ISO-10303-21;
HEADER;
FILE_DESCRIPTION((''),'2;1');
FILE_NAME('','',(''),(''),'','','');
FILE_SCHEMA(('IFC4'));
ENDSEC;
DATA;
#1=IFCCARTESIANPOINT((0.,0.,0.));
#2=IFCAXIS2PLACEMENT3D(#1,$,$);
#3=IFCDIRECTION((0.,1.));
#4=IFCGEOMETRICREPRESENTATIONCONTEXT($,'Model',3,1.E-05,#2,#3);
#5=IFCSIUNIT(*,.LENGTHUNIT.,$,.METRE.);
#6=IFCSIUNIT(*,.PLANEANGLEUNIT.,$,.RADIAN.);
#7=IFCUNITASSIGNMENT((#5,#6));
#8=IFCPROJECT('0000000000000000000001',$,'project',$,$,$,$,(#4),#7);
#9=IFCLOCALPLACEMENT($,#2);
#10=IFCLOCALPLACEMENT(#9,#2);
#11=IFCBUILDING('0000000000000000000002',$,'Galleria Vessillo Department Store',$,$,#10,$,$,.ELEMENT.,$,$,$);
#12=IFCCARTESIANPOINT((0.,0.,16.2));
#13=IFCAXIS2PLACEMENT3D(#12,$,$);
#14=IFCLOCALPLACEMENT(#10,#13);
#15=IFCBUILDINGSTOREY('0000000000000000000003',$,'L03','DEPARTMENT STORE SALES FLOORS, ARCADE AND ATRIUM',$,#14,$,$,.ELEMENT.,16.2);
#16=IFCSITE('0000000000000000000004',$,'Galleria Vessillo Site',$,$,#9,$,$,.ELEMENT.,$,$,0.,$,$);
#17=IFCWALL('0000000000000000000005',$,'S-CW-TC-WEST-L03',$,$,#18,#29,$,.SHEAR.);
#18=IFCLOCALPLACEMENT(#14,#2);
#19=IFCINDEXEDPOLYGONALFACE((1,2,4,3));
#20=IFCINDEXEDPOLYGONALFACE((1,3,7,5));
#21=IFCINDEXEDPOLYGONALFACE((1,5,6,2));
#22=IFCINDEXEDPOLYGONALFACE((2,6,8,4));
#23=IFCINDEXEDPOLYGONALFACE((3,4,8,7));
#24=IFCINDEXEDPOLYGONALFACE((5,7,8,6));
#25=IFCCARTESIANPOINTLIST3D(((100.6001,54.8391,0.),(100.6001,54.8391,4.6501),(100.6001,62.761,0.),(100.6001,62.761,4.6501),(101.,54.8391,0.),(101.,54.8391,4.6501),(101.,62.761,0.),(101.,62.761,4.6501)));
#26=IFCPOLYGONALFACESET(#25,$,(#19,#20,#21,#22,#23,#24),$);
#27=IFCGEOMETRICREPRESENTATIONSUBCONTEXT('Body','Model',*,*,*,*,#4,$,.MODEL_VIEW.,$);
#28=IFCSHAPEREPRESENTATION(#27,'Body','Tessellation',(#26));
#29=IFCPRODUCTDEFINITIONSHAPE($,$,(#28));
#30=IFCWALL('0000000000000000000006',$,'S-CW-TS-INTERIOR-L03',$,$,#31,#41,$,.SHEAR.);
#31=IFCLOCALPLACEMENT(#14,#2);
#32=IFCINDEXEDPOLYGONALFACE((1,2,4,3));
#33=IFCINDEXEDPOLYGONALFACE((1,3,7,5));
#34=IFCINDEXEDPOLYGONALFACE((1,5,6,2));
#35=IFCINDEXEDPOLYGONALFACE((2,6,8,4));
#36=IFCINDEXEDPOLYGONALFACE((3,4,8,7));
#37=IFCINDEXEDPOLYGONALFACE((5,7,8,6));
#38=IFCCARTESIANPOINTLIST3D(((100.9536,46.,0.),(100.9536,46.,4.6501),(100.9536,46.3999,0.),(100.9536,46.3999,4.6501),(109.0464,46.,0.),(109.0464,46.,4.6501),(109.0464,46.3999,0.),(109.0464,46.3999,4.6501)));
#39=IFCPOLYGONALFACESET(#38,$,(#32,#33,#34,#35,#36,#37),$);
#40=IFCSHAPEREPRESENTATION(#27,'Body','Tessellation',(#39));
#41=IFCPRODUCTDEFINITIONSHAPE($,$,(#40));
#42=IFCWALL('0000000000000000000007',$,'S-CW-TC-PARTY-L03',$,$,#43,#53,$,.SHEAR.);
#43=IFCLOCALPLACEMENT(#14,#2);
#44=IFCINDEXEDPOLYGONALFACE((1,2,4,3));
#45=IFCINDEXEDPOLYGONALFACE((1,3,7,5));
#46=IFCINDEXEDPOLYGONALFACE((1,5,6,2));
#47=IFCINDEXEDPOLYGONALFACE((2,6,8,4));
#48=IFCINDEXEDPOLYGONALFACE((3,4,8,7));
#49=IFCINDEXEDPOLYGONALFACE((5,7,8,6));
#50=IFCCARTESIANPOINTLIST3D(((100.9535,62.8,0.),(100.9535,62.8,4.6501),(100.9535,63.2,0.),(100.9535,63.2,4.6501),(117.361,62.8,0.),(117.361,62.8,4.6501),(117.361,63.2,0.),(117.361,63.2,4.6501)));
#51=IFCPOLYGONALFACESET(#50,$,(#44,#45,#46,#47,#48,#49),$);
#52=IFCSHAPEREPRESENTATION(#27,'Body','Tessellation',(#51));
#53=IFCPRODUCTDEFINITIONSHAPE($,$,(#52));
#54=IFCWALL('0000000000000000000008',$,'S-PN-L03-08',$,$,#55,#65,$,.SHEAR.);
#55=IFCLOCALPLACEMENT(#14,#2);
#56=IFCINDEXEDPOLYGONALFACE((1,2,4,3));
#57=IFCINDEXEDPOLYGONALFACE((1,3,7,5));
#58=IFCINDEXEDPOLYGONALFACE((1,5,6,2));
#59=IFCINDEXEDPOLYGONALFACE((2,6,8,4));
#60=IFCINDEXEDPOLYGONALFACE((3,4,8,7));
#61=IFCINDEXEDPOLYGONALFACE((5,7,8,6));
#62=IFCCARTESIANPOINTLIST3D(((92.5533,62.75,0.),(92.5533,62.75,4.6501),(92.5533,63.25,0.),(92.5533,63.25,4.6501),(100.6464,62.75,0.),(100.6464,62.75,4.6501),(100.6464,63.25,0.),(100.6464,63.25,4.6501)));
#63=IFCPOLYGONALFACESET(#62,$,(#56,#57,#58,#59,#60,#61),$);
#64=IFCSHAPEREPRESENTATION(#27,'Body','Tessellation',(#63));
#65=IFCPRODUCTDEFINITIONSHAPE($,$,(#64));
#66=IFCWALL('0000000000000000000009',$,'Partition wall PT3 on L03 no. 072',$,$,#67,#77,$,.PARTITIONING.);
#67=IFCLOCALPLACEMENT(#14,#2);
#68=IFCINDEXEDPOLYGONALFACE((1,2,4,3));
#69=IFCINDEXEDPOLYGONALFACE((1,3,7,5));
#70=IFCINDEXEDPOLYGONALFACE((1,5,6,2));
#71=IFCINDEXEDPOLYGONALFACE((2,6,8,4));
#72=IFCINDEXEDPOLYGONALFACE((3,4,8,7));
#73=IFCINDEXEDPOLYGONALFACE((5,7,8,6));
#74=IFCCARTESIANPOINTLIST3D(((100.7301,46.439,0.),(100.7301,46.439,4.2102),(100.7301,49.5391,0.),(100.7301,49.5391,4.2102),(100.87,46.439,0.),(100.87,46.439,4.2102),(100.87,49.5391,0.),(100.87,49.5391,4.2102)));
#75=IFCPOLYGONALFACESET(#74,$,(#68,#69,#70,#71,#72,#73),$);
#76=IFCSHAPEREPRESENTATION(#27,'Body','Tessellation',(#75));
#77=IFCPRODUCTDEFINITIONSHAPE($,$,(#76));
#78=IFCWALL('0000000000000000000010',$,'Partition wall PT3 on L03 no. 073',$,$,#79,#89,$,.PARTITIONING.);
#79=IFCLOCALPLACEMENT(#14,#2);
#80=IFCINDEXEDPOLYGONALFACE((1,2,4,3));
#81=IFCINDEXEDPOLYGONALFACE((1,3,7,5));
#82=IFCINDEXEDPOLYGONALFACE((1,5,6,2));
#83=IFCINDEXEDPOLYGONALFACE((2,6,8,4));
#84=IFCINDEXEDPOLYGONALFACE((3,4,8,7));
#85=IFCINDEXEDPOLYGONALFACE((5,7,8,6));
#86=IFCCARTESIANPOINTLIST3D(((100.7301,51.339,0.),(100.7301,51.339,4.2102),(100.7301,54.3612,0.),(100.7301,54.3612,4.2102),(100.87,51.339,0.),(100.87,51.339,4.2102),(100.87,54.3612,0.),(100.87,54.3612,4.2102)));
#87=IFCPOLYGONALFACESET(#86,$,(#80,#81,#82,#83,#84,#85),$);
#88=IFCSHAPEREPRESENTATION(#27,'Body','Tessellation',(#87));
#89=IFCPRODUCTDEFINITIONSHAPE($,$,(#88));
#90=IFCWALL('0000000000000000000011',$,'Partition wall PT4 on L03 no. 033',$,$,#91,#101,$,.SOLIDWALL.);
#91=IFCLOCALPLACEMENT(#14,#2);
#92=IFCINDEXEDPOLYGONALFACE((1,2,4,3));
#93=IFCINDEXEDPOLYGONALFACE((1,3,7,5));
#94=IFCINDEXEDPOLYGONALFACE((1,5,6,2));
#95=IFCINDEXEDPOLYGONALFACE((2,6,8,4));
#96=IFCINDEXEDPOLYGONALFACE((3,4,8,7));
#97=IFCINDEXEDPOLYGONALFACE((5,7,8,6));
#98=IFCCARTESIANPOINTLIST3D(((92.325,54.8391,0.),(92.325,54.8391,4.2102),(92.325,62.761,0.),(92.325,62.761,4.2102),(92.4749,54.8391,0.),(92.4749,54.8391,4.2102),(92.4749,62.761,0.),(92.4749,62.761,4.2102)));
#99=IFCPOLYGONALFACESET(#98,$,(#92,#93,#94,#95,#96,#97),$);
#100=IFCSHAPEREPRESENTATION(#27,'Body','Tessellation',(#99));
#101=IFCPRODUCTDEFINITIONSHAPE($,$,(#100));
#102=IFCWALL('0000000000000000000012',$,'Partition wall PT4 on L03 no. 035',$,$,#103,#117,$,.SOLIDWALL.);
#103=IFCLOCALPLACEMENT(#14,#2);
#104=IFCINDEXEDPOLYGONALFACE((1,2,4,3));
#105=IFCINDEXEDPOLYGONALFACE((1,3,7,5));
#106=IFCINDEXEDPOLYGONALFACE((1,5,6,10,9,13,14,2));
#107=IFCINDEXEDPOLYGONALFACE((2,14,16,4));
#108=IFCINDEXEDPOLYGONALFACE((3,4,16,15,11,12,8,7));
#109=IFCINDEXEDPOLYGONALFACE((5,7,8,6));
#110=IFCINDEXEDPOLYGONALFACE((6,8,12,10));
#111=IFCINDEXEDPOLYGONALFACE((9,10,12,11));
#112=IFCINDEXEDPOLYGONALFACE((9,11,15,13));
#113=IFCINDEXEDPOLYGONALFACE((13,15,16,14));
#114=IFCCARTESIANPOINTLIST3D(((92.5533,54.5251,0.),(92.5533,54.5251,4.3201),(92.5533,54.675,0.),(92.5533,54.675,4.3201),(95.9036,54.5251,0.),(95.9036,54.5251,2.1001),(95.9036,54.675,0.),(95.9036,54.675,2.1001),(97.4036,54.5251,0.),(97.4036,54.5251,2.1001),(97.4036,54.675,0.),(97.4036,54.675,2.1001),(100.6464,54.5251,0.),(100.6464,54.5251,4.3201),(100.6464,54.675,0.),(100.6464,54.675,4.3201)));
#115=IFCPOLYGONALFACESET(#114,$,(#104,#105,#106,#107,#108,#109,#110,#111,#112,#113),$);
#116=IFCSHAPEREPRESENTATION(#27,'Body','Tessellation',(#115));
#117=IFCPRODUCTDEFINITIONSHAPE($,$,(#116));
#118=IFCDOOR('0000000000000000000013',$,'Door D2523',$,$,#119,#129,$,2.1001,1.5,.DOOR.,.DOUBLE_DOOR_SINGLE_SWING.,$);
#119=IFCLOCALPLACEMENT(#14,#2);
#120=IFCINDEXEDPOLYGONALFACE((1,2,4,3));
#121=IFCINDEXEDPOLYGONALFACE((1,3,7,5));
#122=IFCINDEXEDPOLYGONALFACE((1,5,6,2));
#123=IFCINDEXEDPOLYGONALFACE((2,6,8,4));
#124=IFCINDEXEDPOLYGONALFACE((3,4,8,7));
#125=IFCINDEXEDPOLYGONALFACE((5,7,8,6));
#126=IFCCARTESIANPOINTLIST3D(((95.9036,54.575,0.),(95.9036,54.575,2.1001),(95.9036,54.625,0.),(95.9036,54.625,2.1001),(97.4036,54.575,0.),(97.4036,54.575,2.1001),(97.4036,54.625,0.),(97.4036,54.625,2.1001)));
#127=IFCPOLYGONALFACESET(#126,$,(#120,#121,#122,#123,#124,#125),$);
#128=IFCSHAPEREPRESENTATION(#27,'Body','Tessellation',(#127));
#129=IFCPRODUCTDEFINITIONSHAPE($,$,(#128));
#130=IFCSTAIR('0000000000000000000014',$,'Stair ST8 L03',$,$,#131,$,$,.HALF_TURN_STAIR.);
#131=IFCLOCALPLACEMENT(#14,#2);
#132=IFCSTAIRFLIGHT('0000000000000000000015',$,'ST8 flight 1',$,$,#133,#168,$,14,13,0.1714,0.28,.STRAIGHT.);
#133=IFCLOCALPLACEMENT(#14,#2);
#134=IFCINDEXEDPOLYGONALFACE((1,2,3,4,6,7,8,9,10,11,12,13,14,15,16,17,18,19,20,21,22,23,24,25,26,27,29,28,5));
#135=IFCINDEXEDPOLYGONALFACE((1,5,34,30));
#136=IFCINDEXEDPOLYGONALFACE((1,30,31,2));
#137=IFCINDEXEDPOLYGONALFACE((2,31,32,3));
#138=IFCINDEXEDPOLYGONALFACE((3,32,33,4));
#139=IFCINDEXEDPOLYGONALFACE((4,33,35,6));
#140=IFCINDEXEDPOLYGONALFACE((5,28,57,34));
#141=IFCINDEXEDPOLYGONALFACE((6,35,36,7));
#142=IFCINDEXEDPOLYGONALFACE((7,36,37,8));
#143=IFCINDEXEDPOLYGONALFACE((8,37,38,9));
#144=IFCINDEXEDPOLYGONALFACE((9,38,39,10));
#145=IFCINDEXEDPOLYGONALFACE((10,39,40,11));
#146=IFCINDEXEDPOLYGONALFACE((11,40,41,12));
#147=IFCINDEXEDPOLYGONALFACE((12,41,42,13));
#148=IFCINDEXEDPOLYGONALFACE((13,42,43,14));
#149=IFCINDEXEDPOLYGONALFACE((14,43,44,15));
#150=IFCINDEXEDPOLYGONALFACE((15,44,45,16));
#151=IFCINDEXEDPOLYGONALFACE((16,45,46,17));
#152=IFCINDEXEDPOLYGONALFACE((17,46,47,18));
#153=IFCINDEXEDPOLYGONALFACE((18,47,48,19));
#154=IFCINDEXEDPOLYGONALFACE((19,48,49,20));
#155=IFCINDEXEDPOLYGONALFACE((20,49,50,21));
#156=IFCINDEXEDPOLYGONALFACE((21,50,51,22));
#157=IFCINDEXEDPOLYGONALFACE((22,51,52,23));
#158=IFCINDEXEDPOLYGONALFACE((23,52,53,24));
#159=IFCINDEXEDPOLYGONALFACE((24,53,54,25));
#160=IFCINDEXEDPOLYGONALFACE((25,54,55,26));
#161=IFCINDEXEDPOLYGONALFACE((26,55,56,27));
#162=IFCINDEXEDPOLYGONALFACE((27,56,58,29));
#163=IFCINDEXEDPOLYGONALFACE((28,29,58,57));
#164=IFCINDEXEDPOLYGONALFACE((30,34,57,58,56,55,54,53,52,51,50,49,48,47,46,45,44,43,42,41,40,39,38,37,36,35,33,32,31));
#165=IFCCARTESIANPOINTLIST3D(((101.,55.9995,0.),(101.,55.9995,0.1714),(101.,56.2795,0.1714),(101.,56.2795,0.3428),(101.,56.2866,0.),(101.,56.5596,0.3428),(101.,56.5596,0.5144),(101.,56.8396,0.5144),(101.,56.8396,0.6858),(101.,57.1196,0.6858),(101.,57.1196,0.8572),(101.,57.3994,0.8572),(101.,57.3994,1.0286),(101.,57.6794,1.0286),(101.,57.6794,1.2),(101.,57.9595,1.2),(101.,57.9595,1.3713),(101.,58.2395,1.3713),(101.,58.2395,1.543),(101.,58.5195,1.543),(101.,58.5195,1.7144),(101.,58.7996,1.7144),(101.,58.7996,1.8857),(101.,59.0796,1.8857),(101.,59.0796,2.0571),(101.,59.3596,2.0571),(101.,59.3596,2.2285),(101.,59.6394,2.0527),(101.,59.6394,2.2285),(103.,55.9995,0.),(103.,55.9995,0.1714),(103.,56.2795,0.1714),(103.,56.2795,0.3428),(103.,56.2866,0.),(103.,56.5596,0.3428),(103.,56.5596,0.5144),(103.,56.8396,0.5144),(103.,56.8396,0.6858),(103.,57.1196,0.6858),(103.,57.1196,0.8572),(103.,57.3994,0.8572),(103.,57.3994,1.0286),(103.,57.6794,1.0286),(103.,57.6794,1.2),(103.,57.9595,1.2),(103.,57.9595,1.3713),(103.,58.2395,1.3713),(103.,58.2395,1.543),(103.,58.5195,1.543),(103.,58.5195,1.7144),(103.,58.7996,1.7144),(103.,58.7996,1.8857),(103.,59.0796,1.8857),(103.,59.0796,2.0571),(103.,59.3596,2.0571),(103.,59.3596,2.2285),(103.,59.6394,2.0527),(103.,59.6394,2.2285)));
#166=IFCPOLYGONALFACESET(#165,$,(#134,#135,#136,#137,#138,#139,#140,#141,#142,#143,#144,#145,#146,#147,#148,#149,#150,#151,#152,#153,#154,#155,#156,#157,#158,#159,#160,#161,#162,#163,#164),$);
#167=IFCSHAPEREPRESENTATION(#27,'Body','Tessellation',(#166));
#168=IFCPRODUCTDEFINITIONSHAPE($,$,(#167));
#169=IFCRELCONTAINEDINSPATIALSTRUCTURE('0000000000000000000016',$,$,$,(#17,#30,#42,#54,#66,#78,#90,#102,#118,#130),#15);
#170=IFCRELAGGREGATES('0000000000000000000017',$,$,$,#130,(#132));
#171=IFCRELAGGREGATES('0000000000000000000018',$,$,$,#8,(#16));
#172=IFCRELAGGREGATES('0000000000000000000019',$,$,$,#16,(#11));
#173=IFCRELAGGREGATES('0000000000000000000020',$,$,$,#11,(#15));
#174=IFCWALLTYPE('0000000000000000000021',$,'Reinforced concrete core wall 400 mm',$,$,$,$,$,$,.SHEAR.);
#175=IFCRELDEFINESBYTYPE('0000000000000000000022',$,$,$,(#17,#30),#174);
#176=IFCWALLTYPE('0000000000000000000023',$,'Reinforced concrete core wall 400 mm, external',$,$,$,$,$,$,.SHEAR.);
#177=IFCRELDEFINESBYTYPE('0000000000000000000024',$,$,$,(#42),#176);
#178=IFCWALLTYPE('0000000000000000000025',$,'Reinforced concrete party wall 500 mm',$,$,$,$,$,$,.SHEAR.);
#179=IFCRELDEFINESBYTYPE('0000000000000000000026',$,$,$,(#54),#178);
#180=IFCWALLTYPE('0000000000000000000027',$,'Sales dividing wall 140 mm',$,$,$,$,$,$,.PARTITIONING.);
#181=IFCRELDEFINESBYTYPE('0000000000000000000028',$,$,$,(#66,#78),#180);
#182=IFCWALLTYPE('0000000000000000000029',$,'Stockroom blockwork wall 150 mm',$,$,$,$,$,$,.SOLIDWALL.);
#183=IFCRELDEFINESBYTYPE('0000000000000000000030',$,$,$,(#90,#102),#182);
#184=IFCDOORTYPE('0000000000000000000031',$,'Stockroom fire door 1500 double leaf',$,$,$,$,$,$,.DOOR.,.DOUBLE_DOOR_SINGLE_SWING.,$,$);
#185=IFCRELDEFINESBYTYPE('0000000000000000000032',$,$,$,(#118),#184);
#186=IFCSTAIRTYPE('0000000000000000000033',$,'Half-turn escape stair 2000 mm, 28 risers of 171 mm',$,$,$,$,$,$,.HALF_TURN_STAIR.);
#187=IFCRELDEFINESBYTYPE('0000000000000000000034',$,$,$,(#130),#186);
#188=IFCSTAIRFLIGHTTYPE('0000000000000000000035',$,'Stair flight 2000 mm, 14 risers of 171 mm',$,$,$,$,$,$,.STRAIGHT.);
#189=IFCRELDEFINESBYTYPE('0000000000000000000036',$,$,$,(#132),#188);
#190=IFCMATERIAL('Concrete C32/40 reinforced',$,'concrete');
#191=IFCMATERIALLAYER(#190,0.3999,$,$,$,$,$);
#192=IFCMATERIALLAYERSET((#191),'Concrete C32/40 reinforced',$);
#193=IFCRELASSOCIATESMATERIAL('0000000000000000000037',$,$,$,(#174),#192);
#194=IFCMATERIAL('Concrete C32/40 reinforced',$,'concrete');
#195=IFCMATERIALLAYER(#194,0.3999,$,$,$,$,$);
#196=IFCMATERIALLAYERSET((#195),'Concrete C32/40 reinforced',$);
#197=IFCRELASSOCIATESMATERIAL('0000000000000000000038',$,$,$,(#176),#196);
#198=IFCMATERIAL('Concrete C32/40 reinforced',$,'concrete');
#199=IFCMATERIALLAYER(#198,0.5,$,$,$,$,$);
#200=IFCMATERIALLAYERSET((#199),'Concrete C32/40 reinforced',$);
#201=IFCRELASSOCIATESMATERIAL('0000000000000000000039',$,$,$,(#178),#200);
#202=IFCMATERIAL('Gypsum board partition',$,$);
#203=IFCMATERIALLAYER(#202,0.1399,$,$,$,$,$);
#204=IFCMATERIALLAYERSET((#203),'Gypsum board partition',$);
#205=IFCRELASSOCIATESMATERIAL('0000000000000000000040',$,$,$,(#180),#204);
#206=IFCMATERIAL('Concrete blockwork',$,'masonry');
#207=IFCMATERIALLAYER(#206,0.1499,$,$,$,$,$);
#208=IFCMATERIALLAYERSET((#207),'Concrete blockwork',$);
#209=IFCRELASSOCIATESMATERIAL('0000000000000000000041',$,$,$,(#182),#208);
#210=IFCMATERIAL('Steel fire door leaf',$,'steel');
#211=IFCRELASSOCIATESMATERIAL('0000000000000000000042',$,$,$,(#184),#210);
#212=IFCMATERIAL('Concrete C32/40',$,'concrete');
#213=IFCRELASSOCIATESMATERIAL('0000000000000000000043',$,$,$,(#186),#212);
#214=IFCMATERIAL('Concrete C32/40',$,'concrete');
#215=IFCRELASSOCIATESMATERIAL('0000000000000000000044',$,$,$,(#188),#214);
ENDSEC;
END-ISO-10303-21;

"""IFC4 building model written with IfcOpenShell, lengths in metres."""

from ifc_helpers import new_model, si_unit, direction, frame, frame_2d, origin, place, context, subcontext, project, spatial, polyline, rectangle, outline, extrude, material, layer, layer_set, type_object, element, fill, aggregate, save


model = new_model("IFC4")

# Units and contexts
model_context = context("Model", 3, precision=1e-05, world=origin(), true_north=direction((0.0, 1.0)))
body_context = subcontext(model_context, "Body", "Model", "MODEL_VIEW")
ifc_project = project(units=[si_unit("LENGTHUNIT", "METRE"), si_unit("PLANEANGLEUNIT", "RADIAN")], contexts=[model_context])

# Site, building, storey
site_placement = place(None, origin())
site = spatial("IfcSite", under=ifc_project, at=site_placement, Name="Galleria Vessillo Site", CompositionType="ELEMENT", RefElevation=0.0)
building_placement = place(site_placement, origin())
building = spatial("IfcBuilding", under=site, at=building_placement, Name="Galleria Vessillo Department Store", CompositionType="ELEMENT")
storey_placement = place(building_placement, frame((0.0, 0.0, 16.2)))
storey = spatial("IfcBuildingStorey", under=building, at=storey_placement, Name="L03", Description="DEPARTMENT STORE SALES FLOORS, ARCADE AND ATRIUM", CompositionType="ELEMENT", Elevation=16.2)

# Shared definitions
ifc_material_1 = material(Name="Concrete C32/40 reinforced", Category="concrete")
ifc_layer_1 = layer(ifc_material_1, 0.3999)
ifc_layer_set_1 = layer_set([ifc_layer_1], Name="Concrete C32/40 reinforced")
wall_type_1 = type_object("IfcWallType", Name="Reinforced concrete core wall 400 mm", PredefinedType="SHEAR", material=ifc_layer_set_1)

# Walls
wall_1_placement = place(storey_placement, frame((100.8, 54.8391, 0.0), z_axis=(0.0, 0.0, 1.0), x_axis=(0.0, 1.0, 0.0)))
element("IfcWall", 1, at=wall_1_placement, inside=storey, type_object=wall_type_1, Name="S-CW-TC-WEST-L03", PredefinedType="SHEAR", context=body_context, shape_type="SweptSolid", body=[
    extrude(rectangle(XDim=7.9219, YDim=0.3999, at=frame_2d((3.9609, 0.0))), origin(), (0.0, 0.0, 1.0), 4.6501),
])
wall_2_placement = place(storey_placement, frame((100.9536, 46.2, 0.0), z_axis=(0.0, 0.0, 1.0), x_axis=(1.0, 0.0, 0.0)))
element("IfcWall", 2, at=wall_2_placement, inside=storey, type_object=wall_type_1, Name="S-CW-TS-INTERIOR-L03", PredefinedType="SHEAR", context=body_context, shape_type="SweptSolid", body=[
    extrude(rectangle(XDim=8.0928, YDim=0.3999, at=frame_2d((4.0464, 0.0))), origin(), (0.0, 0.0, 1.0), 4.6501),
])
ifc_material_2 = material(Name="Concrete C32/40 reinforced", Category="concrete")
ifc_layer_2 = layer(ifc_material_2, 0.3999)
ifc_layer_set_2 = layer_set([ifc_layer_2], Name="Concrete C32/40 reinforced")
wall_type_2 = type_object("IfcWallType", Name="Reinforced concrete core wall 400 mm, external", PredefinedType="SHEAR", material=ifc_layer_set_2)
wall_3_placement = place(storey_placement, frame((100.9536, 63.0, 0.0), z_axis=(0.0, 0.0, 1.0), x_axis=(1.0, 0.0, 0.0)))
element("IfcWall", 3, at=wall_3_placement, inside=storey, type_object=wall_type_2, Name="S-CW-TC-PARTY-L03", PredefinedType="SHEAR", context=body_context, shape_type="SweptSolid", body=[
    extrude(rectangle(XDim=16.4075, YDim=0.3999, at=frame_2d((8.2036, 0.0))), origin(), (0.0, 0.0, 1.0), 4.6501),
])
ifc_material_3 = material(Name="Concrete C32/40 reinforced", Category="concrete")
ifc_layer_3 = layer(ifc_material_3, 0.5)
ifc_layer_set_3 = layer_set([ifc_layer_3], Name="Concrete C32/40 reinforced")
wall_type_3 = type_object("IfcWallType", Name="Reinforced concrete party wall 500 mm", PredefinedType="SHEAR", material=ifc_layer_set_3)
wall_4_placement = place(storey_placement, frame((92.5535, 63.0, 0.0), z_axis=(0.0, 0.0, 1.0), x_axis=(1.0, 0.0, 0.0)))
element("IfcWall", 4, at=wall_4_placement, inside=storey, type_object=wall_type_3, Name="S-PN-L03-08", PredefinedType="SHEAR", context=body_context, shape_type="SweptSolid", body=[
    extrude(rectangle(XDim=8.093, YDim=0.5, at=frame_2d((4.0464, 0.0))), origin(), (0.0, 0.0, 1.0), 4.6501),
])
ifc_material_4 = material(Name="Gypsum board partition")
ifc_layer_4 = layer(ifc_material_4, 0.1399)
ifc_layer_set_4 = layer_set([ifc_layer_4], Name="Gypsum board partition")
wall_type_4 = type_object("IfcWallType", Name="Sales dividing wall 140 mm", PredefinedType="PARTITIONING", material=ifc_layer_set_4)
wall_5_placement = place(storey_placement, frame((100.8, 46.439, 0.0), z_axis=(0.0, 0.0, 1.0), x_axis=(0.0, 1.0, 0.0)))
element("IfcWall", 5, at=wall_5_placement, inside=storey, type_object=wall_type_4, Name="Partition wall PT3 on L03 no. 072", PredefinedType="PARTITIONING", context=body_context, shape_type="SweptSolid", body=[
    extrude(rectangle(XDim=3.1001, YDim=0.1399, at=frame_2d((1.55, 0.0))), origin(), (0.0, 0.0, 1.0), 4.2102),
])
wall_6_placement = place(storey_placement, frame((100.8, 51.3389, 0.0), z_axis=(0.0, 0.0, 1.0), x_axis=(0.0, 1.0, 0.0)))
element("IfcWall", 6, at=wall_6_placement, inside=storey, type_object=wall_type_4, Name="Partition wall PT3 on L03 no. 073", PredefinedType="PARTITIONING", context=body_context, shape_type="SweptSolid", body=[
    extrude(rectangle(XDim=3.0222, YDim=0.1399, at=frame_2d((1.5112, 0.0))), origin(), (0.0, 0.0, 1.0), 4.2102),
])
ifc_material_5 = material(Name="Concrete blockwork", Category="masonry")
ifc_layer_5 = layer(ifc_material_5, 0.1499)
ifc_layer_set_5 = layer_set([ifc_layer_5], Name="Concrete blockwork")
wall_type_5 = type_object("IfcWallType", Name="Stockroom blockwork wall 150 mm", PredefinedType="SOLIDWALL", material=ifc_layer_set_5)
wall_7_placement = place(storey_placement, frame((92.3999, 54.8391, 0.0), z_axis=(0.0, 0.0, 1.0), x_axis=(0.0, 1.0, 0.0)))
element("IfcWall", 7, at=wall_7_placement, inside=storey, type_object=wall_type_5, Name="Partition wall PT4 on L03 no. 033", PredefinedType="SOLIDWALL", context=body_context, shape_type="SweptSolid", body=[
    extrude(rectangle(XDim=7.9219, YDim=0.1499, at=frame_2d((3.9609, 0.0))), origin(), (0.0, 0.0, 1.0), 4.2102),
])

# Wall, opening, door
wall_8_placement = place(storey_placement, frame((92.5535, 54.6001, 0.0), z_axis=(0.0, 0.0, 1.0), x_axis=(1.0, 0.0, 0.0)))
wall_8 = element("IfcWall", 8, at=wall_8_placement, inside=storey, type_object=wall_type_5, Name="Partition wall PT4 on L03 no. 035", PredefinedType="SOLIDWALL", context=body_context, shape_type="SweptSolid", body=[
    extrude(rectangle(XDim=8.093, YDim=0.1499, at=frame_2d((4.0464, 0.0))), origin(), (0.0, 0.0, 1.0), 4.3201),
])
opening_1_placement = place(wall_8_placement, frame((3.3501, 0.0, 0.0)))
opening_1 = element("IfcOpeningElement", 9, at=opening_1_placement, cuts=wall_8, PredefinedType="OPENING", context=body_context, shape_type="SweptSolid", body=[
    extrude(rectangle(XDim=1.5, YDim=2.1001, at=frame_2d((0.75, 1.05))), frame((0.0, 0.085, 0.0), z_axis=(0.0, -1.0, 0.0), x_axis=(1.0, 0.0, 0.0)), (0.0, 0.0, 1.0), 0.1699),
])
ifc_material_6 = material(Name="Steel fire door leaf", Category="steel")
door_type_1 = type_object("IfcDoorType", Name="Stockroom fire door 1500 double leaf", OperationType="DOUBLE_DOOR_SINGLE_SWING", PredefinedType="DOOR", material=ifc_material_6)
door_1_placement = place(opening_1_placement, origin())
door_1 = element("IfcDoor", 10, at=door_1_placement, inside=storey, type_object=door_type_1, Name="Door D2523", OperationType="DOUBLE_DOOR_SINGLE_SWING", OverallHeight=2.1001, OverallWidth=1.5, PredefinedType="DOOR", context=body_context, shape_type="SweptSolid", body=[
    extrude(rectangle(XDim=1.5, YDim=2.1001, at=frame_2d((0.75, 1.05))), frame((0.0, 0.0249, 0.0), z_axis=(0.0, -1.0, 0.0), x_axis=(1.0, 0.0, 0.0)), (0.0, 0.0, 1.0), 0.05),
])
fill(opening_1, door_1)

# Stair, stair flight
ifc_material_7 = material(Name="Concrete C32/40", Category="concrete")
stair_type = type_object("IfcStairType", Name="Half-turn escape stair 2000 mm, 28 risers of 171 mm", PredefinedType="HALF_TURN_STAIR", material=ifc_material_7)
stair_1_placement = place(storey_placement, origin())
stair_1 = element("IfcStair", 11, at=stair_1_placement, inside=storey, type_object=stair_type, Name="Stair ST8 L03", PredefinedType="HALF_TURN_STAIR")
ifc_material_8 = material(Name="Concrete C32/40", Category="concrete")
stair_flight_type = type_object("IfcStairFlightType", Name="Stair flight 2000 mm, 14 risers of 171 mm", PredefinedType="STRAIGHT", material=ifc_material_8)
stair_flight_1_placement = place(storey_placement, frame((102.0, 55.9995, 0.0), z_axis=(0.0, 0.0, 1.0), x_axis=(0.0, 1.0, 0.0)))
stair_flight_1 = element("IfcStairFlight", 12, at=stair_flight_1_placement, type_object=stair_flight_type, Name="ST8 flight 1", NumberOfRisers=14, NumberOfTreads=13, PredefinedType="STRAIGHT", RiserHeight=0.1714, TreadLength=0.28, context=body_context, shape_type="SweptSolid", body=[
    extrude(outline(polyline([(0.0, 0.0), (0.0, 0.1714), (0.28, 0.1714), (0.28, 0.3428), (0.5601, 0.3428), (0.5601, 0.5144), (0.8401, 0.5144), (0.8401, 0.6858), (1.1201, 0.6858), (1.1201, 0.8572), (1.3999, 0.8572), (1.3999, 1.0286), (1.6799, 1.0286), (1.6799, 1.2), (1.96, 1.2), (1.96, 1.3713), (2.24, 1.3713), (2.24, 1.543), (2.52, 1.543), (2.52, 1.7144), (2.8, 1.7144), (2.8, 1.8857), (3.0801, 1.8857), (3.0801, 2.0571), (3.3601, 2.0571), (3.3601, 2.2285), (3.6399, 2.2285), (3.6399, 2.3999), (3.6399, 2.0527), (0.2871, 0.0), (0.0, 0.0)])), frame((0.0, 1.0, 0.0), z_axis=(0.0, -1.0, 0.0), x_axis=(1.0, 0.0, 0.0)), (0.0, 0.0, 1.0), 2.0),
])
aggregate(stair_1, [stair_flight_1])

save(model, "model.ifc")
